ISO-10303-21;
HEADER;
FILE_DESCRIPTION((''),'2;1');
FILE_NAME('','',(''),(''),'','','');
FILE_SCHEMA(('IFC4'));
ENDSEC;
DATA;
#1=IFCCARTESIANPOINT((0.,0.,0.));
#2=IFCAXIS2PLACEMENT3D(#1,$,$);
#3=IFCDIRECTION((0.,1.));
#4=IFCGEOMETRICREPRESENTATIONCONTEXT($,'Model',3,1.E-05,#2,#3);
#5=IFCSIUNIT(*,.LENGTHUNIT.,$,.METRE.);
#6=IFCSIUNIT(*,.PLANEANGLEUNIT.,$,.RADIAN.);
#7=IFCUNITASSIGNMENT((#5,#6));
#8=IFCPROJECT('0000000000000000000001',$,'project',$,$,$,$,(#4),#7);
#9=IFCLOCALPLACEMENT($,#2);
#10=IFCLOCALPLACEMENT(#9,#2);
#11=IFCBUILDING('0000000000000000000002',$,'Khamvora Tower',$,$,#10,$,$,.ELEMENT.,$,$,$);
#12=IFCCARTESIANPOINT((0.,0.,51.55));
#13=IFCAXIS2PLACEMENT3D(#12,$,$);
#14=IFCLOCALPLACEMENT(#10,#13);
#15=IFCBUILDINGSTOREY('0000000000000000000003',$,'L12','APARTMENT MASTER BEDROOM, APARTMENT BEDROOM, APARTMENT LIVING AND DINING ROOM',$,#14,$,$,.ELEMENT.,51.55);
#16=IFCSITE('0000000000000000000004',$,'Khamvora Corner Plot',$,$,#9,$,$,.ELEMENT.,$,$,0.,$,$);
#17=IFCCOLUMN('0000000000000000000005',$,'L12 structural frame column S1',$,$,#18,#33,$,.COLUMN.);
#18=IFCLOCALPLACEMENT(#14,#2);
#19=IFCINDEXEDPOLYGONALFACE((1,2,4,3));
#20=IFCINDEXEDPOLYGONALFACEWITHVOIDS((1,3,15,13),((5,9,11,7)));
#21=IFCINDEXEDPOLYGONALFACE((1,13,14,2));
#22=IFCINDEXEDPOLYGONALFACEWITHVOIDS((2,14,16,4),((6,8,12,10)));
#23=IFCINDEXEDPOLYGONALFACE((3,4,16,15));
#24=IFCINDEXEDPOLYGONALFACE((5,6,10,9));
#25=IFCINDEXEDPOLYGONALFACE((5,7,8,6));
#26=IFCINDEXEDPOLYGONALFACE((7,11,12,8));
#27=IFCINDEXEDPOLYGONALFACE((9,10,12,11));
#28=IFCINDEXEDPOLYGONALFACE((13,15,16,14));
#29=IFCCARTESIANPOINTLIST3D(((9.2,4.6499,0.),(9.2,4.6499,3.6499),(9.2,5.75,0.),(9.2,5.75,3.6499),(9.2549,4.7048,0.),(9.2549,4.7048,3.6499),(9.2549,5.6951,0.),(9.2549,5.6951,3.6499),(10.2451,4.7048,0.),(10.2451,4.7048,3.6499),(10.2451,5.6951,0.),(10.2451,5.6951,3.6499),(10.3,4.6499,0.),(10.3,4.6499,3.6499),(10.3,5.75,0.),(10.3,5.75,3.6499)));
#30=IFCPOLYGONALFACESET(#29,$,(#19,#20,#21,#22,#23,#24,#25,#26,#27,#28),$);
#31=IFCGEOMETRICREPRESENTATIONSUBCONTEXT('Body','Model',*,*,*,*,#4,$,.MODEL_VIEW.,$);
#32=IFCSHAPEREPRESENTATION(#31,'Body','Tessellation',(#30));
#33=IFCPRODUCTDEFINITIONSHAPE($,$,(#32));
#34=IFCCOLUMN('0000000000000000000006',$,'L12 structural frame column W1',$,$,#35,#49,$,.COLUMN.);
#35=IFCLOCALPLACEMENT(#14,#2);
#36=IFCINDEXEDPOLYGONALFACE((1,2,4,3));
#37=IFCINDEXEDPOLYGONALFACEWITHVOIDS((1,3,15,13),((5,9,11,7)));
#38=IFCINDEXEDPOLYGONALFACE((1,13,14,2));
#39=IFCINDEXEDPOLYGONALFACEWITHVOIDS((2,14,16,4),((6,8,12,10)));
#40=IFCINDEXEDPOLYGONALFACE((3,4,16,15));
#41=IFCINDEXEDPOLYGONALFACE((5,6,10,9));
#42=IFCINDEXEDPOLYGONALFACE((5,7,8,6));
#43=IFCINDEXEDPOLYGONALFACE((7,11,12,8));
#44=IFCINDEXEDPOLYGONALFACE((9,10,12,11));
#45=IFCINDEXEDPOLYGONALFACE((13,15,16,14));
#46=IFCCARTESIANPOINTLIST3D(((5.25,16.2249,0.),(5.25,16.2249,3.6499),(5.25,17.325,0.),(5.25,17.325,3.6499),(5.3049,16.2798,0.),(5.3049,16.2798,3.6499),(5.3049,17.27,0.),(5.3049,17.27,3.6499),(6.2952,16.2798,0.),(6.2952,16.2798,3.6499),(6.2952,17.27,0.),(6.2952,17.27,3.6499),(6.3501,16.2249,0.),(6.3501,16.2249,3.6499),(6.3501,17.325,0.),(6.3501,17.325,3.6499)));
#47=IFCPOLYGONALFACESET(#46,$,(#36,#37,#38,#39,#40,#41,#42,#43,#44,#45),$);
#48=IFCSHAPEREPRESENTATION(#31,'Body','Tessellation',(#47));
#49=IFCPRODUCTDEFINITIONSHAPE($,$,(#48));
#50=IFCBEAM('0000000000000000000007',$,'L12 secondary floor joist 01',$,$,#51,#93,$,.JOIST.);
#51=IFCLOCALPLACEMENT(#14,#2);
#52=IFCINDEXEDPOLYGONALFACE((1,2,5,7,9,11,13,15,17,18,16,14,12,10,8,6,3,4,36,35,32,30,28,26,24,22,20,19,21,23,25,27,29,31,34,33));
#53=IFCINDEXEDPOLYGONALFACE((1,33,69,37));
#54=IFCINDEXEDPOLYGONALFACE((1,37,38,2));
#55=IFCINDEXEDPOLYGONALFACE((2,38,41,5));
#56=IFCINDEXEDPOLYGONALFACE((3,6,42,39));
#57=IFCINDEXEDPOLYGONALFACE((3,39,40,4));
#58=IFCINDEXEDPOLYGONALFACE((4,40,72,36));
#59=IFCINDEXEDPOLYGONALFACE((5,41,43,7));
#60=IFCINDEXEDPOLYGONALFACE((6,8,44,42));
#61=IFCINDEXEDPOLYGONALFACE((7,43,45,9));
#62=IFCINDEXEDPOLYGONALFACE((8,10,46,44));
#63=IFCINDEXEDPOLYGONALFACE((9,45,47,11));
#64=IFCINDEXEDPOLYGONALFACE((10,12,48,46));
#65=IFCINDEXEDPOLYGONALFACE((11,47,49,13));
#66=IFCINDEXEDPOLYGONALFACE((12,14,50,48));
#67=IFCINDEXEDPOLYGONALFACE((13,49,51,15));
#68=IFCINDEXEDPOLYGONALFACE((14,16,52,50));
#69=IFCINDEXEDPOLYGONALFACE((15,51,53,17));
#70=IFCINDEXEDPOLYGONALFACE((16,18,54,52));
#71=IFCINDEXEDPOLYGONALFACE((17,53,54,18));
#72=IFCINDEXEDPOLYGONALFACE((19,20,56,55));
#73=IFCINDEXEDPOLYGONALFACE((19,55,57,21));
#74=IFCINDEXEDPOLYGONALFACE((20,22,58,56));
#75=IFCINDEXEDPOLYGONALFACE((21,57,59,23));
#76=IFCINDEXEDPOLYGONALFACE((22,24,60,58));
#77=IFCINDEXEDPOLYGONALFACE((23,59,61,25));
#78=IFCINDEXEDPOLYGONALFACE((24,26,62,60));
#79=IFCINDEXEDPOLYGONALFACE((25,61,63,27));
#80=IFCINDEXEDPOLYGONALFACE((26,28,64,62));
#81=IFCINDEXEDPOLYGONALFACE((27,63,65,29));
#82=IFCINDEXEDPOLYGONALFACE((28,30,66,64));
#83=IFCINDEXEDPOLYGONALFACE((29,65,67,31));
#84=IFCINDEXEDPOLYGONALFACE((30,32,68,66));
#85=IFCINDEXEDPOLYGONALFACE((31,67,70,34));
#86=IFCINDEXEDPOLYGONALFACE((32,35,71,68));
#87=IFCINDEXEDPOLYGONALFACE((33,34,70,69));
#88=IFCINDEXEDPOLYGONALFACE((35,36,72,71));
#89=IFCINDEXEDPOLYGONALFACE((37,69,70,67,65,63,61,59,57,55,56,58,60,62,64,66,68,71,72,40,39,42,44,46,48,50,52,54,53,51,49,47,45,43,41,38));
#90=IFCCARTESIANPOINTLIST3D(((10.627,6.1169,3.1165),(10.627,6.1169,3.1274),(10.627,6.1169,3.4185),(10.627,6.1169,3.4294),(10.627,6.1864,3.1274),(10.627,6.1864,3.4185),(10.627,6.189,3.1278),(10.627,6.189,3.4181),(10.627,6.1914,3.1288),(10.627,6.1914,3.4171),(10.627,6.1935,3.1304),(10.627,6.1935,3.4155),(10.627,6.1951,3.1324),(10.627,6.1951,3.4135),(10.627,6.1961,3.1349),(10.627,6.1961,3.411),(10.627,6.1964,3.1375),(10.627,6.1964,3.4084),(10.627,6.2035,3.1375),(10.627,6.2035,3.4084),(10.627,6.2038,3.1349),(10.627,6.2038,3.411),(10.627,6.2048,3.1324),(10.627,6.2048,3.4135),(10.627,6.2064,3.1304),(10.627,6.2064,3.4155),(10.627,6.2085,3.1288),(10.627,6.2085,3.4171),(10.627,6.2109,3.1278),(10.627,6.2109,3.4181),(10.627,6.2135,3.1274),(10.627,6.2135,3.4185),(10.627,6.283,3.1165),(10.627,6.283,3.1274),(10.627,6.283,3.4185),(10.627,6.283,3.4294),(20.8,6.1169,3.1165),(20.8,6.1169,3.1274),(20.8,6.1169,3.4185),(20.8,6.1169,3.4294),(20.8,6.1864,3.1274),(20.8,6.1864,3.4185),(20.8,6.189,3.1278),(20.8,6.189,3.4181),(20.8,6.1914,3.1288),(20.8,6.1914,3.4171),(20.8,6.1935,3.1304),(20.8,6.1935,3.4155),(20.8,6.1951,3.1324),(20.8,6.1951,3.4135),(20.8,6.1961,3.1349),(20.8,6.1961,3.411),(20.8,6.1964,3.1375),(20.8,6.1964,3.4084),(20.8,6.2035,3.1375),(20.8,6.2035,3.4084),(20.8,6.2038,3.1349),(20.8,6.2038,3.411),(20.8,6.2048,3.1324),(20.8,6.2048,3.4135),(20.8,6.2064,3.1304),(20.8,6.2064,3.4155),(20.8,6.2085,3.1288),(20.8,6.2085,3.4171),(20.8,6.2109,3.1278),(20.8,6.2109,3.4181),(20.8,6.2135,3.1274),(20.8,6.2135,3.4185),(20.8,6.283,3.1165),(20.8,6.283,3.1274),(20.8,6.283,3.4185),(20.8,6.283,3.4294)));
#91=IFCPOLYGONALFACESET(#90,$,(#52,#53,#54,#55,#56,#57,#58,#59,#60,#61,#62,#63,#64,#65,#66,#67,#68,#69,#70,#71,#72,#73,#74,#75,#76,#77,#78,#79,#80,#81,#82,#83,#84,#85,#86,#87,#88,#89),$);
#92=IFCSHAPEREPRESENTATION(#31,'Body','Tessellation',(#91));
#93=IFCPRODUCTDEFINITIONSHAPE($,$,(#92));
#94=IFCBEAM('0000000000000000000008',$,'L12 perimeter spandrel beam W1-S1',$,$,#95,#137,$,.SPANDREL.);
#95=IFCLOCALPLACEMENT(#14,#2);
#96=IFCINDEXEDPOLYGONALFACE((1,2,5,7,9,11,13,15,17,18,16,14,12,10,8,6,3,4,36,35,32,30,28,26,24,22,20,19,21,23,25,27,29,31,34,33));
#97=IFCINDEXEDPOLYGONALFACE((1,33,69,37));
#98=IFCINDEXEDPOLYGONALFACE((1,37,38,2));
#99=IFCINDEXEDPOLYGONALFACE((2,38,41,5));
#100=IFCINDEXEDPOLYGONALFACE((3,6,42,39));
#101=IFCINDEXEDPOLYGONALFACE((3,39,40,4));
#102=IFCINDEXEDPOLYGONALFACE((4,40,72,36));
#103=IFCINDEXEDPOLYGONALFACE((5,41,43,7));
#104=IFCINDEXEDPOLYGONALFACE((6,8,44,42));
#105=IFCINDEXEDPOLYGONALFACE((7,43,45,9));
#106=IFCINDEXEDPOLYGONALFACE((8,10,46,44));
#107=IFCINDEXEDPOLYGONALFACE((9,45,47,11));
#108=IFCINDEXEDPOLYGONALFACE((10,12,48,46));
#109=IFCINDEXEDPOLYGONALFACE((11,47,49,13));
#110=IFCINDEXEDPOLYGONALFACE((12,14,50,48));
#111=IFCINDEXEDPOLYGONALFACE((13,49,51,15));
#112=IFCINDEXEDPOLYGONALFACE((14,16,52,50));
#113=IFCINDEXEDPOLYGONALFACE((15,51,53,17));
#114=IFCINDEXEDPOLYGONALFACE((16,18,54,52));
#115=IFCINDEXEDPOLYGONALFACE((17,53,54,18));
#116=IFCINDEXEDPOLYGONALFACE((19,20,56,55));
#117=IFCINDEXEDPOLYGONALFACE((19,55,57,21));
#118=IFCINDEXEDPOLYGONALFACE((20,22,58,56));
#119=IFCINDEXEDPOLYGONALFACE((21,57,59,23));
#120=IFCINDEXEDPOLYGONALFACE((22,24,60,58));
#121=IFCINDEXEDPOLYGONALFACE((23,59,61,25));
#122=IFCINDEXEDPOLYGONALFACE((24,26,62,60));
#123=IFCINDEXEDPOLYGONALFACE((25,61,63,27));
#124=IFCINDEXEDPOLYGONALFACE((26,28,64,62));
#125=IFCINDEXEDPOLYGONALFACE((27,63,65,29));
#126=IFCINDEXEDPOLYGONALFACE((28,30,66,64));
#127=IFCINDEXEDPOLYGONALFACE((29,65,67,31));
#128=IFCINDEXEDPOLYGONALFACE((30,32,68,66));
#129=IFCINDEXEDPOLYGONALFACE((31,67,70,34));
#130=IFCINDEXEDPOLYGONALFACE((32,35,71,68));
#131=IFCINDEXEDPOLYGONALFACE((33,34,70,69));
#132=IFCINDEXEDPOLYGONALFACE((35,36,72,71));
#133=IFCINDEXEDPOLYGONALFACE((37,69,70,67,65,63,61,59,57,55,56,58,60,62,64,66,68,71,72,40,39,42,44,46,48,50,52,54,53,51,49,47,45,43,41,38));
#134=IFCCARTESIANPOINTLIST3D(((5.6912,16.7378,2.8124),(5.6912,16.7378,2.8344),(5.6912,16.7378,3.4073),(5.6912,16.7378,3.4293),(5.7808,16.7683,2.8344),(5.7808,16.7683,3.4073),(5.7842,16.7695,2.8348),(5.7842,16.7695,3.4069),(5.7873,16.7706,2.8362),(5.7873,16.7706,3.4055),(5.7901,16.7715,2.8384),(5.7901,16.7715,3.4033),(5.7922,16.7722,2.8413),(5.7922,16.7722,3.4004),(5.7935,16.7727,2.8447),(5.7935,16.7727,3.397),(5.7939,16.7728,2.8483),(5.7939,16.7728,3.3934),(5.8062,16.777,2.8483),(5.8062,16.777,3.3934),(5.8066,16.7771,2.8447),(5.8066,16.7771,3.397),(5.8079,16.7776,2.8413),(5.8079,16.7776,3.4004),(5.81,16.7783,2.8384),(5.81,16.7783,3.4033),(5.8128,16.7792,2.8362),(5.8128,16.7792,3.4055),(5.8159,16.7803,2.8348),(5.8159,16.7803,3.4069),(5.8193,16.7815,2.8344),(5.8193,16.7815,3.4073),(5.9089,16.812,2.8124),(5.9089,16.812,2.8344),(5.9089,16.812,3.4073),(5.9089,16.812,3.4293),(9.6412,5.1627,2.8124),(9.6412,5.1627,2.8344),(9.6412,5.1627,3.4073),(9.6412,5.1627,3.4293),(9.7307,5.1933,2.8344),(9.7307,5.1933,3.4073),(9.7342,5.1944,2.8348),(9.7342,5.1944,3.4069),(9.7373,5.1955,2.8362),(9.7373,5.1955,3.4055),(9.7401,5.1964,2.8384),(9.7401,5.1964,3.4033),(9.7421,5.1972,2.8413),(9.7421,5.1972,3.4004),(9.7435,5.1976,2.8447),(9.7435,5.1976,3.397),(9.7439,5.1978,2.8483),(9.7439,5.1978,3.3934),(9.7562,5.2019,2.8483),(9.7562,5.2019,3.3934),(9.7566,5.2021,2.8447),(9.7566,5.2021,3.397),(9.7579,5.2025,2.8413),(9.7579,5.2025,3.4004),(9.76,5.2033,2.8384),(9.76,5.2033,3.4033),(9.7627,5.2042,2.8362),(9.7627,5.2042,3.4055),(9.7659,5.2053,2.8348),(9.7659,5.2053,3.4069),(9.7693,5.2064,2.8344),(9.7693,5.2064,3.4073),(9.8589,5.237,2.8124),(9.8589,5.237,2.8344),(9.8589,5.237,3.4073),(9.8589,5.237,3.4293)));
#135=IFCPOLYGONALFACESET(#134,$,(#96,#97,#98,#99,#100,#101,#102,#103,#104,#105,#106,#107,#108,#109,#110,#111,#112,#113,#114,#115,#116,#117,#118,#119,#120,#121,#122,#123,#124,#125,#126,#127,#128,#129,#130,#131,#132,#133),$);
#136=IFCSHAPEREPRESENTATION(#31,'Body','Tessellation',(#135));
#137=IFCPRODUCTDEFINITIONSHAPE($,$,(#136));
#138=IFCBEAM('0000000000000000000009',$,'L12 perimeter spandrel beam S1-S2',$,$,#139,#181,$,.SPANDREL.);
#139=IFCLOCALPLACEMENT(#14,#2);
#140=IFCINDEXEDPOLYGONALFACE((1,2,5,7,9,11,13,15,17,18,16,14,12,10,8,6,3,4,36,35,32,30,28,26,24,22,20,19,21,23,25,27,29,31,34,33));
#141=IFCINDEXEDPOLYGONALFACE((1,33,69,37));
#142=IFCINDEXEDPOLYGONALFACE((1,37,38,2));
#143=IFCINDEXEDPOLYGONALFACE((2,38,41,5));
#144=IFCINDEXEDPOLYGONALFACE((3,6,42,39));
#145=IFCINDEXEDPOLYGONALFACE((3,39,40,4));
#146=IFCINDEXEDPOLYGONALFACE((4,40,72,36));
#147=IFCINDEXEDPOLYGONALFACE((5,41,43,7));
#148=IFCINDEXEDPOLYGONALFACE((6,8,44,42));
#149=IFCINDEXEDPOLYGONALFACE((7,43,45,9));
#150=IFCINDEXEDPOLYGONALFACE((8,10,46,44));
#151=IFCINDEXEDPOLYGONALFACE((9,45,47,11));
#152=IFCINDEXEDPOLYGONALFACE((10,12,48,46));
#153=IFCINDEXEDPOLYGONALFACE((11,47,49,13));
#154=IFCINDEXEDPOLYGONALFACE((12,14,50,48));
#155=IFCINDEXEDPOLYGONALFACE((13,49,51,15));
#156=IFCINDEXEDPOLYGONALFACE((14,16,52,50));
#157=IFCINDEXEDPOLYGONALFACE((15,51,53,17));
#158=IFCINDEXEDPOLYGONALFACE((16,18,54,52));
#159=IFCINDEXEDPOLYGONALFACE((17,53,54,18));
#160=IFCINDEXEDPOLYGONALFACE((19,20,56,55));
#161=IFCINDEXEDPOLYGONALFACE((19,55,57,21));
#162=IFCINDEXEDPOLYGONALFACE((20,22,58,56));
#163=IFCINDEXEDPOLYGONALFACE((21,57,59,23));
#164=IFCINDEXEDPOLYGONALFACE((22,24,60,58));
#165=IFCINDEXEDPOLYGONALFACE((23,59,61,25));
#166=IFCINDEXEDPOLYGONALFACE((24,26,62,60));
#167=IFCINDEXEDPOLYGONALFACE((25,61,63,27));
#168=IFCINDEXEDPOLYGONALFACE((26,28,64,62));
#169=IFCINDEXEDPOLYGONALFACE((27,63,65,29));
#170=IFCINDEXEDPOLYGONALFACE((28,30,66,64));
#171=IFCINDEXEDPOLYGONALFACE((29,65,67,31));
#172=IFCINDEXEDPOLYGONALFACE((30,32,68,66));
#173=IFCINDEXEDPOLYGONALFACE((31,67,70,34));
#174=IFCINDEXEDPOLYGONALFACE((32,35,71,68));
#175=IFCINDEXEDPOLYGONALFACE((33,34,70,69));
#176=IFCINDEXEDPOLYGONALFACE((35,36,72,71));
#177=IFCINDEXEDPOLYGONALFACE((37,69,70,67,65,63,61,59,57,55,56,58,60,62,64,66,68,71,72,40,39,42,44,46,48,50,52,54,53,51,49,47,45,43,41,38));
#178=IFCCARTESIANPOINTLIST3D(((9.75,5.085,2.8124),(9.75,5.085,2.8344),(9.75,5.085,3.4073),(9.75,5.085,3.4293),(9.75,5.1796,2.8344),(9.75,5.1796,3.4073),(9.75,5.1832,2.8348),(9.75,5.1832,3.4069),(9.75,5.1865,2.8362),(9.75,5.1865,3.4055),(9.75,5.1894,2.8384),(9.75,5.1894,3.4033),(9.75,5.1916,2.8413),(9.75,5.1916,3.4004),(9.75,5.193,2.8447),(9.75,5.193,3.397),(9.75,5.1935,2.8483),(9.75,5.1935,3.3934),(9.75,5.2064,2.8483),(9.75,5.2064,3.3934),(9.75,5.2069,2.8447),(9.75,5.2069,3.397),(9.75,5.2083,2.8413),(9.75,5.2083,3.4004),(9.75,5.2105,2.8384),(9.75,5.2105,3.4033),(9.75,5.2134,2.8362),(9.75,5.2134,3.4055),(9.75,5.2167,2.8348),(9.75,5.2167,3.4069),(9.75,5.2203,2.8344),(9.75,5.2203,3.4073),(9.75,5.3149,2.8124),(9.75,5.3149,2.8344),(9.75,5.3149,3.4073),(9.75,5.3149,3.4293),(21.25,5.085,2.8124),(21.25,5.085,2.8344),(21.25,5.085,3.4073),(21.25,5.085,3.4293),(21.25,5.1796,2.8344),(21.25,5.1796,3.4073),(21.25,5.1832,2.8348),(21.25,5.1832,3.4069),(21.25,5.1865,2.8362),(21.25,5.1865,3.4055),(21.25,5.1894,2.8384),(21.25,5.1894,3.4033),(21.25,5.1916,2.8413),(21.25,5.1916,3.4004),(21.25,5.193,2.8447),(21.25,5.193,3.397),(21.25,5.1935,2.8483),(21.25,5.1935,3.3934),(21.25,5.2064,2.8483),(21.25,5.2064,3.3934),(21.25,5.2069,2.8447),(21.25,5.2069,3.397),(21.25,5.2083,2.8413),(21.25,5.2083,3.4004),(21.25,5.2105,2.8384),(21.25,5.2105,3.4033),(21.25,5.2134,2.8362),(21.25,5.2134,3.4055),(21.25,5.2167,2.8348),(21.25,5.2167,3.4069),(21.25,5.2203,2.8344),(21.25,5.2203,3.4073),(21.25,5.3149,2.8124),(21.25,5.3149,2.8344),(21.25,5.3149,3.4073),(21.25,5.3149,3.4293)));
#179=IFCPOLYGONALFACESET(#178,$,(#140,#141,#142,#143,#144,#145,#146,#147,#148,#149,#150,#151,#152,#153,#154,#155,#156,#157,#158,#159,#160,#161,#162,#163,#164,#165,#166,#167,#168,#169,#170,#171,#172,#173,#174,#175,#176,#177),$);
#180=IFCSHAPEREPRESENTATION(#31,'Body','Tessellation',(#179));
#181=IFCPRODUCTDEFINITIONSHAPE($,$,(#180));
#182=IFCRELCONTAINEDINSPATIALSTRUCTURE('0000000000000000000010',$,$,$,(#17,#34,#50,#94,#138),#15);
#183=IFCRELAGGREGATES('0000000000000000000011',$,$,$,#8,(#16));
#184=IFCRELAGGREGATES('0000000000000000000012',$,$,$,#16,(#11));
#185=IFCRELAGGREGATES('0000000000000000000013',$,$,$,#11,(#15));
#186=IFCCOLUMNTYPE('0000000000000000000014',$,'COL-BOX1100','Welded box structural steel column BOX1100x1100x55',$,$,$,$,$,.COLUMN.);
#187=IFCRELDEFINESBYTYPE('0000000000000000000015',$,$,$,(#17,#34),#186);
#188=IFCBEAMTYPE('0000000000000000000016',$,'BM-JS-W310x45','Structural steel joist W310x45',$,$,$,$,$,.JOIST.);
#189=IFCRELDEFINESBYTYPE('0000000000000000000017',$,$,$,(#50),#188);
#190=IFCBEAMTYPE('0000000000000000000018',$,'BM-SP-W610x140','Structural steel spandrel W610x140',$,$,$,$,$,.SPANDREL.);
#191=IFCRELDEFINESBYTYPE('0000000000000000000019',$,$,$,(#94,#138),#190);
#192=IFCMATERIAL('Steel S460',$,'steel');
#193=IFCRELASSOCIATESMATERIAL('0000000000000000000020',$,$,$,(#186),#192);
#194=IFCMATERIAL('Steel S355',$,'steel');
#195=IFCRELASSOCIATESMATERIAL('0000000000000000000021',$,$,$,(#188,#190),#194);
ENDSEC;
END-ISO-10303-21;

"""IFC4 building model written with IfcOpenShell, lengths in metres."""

from ifc_helpers import new_model, si_unit, direction, frame, origin, origin_2d, place, context, subcontext, project, spatial, hollow_rectangle, i_section, extrude, material, material_profile, profile_set, type_object, element, save


model = new_model("IFC4")

# Units and contexts
model_context = context("Model", 3, precision=1e-05, world=origin(), true_north=direction((0.0, 1.0)))
body_context = subcontext(model_context, "Body", "Model", "MODEL_VIEW")
ifc_project = project(units=[si_unit("LENGTHUNIT", "METRE"), si_unit("PLANEANGLEUNIT", "RADIAN")], contexts=[model_context])

# Site, building, storey
site_placement = place(None, origin())
site = spatial("IfcSite", under=ifc_project, at=site_placement, Name="Khamvora Corner Plot", CompositionType="ELEMENT", RefElevation=0.0)
building_placement = place(site_placement, origin())
building = spatial("IfcBuilding", under=site, at=building_placement, Name="Khamvora Tower", CompositionType="ELEMENT")
storey_placement = place(building_placement, frame((0.0, 0.0, 51.55)))
storey = spatial("IfcBuildingStorey", under=building, at=storey_placement, Name="L12", Description="APARTMENT MASTER BEDROOM, APARTMENT BEDROOM, APARTMENT LIVING AND DINING ROOM", CompositionType="ELEMENT", Elevation=51.55)

# Columns
ifc_material_1 = material(Name="Steel S460", Category="steel")
ifc_material_profile_1 = material_profile(ifc_material_1, hollow_rectangle(XDim=1.1001, YDim=1.1001, WallThickness=0.0549, at=origin_2d()), Name="BOX1100x1100x55")
ifc_profile_set_1 = profile_set([ifc_material_profile_1], Name="Steel S460")
column_type = type_object("IfcColumnType", Name="COL-BOX1100", Description="Welded box structural steel column BOX1100x1100x55", PredefinedType="COLUMN", material=ifc_profile_set_1)
for number, where, z_axis, x_axis, name in (
    (1, (9.75, 5.2, 0.0), (0.0, 0.0, 1.0), (1.0, 0.0, 0.0), "L12 structural frame column S1"),
    (2, (5.8, 16.7749, 0.0), (0.0, 0.0, 1.0), (1.0, 0.0, 0.0), "L12 structural frame column W1"),
):
    element("IfcColumn", number, at=place(storey_placement, frame(where, z_axis=z_axis, x_axis=x_axis)), inside=storey, type_object=column_type, Name=name, PredefinedType="COLUMN", context=body_context, shape_type="SweptSolid", body=[
        extrude(hollow_rectangle(XDim=1.1001, YDim=1.1001, WallThickness=0.0549, at=origin_2d()), origin(), (0.0, 0.0, 1.0), 3.6499),
    ])

# Beams
ifc_material_2 = material(Name="Steel S355", Category="steel")
ifc_material_profile_2 = material_profile(ifc_material_2, i_section(OverallWidth=0.166, OverallDepth=0.313, WebThickness=0.0071, FlangeThickness=0.011, FilletRadius=0.01, at=origin_2d()), Name="W310x45")
ifc_profile_set_2 = profile_set([ifc_material_profile_2], Name="Steel S355")
beam_type_1 = type_object("IfcBeamType", Name="BM-JS-W310x45", Description="Structural steel joist W310x45", PredefinedType="JOIST", material=ifc_profile_set_2)
beam_1_placement = place(storey_placement, frame((10.627, 6.2, 3.2729), z_axis=(1.0, 0.0, 0.0), x_axis=(0.0, 1.0, 0.0)))
element("IfcBeam", 3, at=beam_1_placement, inside=storey, type_object=beam_type_1, Name="L12 secondary floor joist 01", PredefinedType="JOIST", context=body_context, shape_type="SweptSolid", body=[
    extrude(i_section(OverallWidth=0.166, OverallDepth=0.313, WebThickness=0.0071, FlangeThickness=0.011, FilletRadius=0.01, at=origin_2d()), origin(), (0.0, 0.0, 1.0), 10.1731),
])
ifc_material_profile_3 = material_profile(ifc_material_2, i_section(OverallWidth=0.23, OverallDepth=0.6169, WebThickness=0.0129, FlangeThickness=0.022, FilletRadius=0.0139, at=origin_2d()), Name="W610x140")
ifc_profile_set_3 = profile_set([ifc_material_profile_3], Name="Steel S355")
beam_type_2 = type_object("IfcBeamType", Name="BM-SP-W610x140", Description="Structural steel spandrel W610x140", PredefinedType="SPANDREL", material=ifc_profile_set_3)
beam_2_placement = place(storey_placement, frame((5.8, 16.7749, 3.1208), z_axis=(0.322963, -0.946412, 0.0), x_axis=(0.946412, 0.322963, 0.0)))
element("IfcBeam", 4, at=beam_2_placement, inside=storey, type_object=beam_type_2, Name="L12 perimeter spandrel beam W1-S1", PredefinedType="SPANDREL", context=body_context, shape_type="SweptSolid", body=[
    extrude(i_section(OverallWidth=0.23, OverallDepth=0.6169, WebThickness=0.0129, FlangeThickness=0.022, FilletRadius=0.0139, at=origin_2d()), origin(), (0.0, 0.0, 1.0), 12.2305),
])
beam_3_placement = place(storey_placement, frame((9.75, 5.2, 3.1208), z_axis=(1.0, 0.0, 0.0), x_axis=(0.0, 1.0, 0.0)))
element("IfcBeam", 5, at=beam_3_placement, inside=storey, type_object=beam_type_2, Name="L12 perimeter spandrel beam S1-S2", PredefinedType="SPANDREL", context=body_context, shape_type="SweptSolid", body=[
    extrude(i_section(OverallWidth=0.23, OverallDepth=0.6169, WebThickness=0.0129, FlangeThickness=0.022, FilletRadius=0.0139, at=origin_2d()), origin(), (0.0, 0.0, 1.0), 11.5),
])

save(model, "model.ifc")
